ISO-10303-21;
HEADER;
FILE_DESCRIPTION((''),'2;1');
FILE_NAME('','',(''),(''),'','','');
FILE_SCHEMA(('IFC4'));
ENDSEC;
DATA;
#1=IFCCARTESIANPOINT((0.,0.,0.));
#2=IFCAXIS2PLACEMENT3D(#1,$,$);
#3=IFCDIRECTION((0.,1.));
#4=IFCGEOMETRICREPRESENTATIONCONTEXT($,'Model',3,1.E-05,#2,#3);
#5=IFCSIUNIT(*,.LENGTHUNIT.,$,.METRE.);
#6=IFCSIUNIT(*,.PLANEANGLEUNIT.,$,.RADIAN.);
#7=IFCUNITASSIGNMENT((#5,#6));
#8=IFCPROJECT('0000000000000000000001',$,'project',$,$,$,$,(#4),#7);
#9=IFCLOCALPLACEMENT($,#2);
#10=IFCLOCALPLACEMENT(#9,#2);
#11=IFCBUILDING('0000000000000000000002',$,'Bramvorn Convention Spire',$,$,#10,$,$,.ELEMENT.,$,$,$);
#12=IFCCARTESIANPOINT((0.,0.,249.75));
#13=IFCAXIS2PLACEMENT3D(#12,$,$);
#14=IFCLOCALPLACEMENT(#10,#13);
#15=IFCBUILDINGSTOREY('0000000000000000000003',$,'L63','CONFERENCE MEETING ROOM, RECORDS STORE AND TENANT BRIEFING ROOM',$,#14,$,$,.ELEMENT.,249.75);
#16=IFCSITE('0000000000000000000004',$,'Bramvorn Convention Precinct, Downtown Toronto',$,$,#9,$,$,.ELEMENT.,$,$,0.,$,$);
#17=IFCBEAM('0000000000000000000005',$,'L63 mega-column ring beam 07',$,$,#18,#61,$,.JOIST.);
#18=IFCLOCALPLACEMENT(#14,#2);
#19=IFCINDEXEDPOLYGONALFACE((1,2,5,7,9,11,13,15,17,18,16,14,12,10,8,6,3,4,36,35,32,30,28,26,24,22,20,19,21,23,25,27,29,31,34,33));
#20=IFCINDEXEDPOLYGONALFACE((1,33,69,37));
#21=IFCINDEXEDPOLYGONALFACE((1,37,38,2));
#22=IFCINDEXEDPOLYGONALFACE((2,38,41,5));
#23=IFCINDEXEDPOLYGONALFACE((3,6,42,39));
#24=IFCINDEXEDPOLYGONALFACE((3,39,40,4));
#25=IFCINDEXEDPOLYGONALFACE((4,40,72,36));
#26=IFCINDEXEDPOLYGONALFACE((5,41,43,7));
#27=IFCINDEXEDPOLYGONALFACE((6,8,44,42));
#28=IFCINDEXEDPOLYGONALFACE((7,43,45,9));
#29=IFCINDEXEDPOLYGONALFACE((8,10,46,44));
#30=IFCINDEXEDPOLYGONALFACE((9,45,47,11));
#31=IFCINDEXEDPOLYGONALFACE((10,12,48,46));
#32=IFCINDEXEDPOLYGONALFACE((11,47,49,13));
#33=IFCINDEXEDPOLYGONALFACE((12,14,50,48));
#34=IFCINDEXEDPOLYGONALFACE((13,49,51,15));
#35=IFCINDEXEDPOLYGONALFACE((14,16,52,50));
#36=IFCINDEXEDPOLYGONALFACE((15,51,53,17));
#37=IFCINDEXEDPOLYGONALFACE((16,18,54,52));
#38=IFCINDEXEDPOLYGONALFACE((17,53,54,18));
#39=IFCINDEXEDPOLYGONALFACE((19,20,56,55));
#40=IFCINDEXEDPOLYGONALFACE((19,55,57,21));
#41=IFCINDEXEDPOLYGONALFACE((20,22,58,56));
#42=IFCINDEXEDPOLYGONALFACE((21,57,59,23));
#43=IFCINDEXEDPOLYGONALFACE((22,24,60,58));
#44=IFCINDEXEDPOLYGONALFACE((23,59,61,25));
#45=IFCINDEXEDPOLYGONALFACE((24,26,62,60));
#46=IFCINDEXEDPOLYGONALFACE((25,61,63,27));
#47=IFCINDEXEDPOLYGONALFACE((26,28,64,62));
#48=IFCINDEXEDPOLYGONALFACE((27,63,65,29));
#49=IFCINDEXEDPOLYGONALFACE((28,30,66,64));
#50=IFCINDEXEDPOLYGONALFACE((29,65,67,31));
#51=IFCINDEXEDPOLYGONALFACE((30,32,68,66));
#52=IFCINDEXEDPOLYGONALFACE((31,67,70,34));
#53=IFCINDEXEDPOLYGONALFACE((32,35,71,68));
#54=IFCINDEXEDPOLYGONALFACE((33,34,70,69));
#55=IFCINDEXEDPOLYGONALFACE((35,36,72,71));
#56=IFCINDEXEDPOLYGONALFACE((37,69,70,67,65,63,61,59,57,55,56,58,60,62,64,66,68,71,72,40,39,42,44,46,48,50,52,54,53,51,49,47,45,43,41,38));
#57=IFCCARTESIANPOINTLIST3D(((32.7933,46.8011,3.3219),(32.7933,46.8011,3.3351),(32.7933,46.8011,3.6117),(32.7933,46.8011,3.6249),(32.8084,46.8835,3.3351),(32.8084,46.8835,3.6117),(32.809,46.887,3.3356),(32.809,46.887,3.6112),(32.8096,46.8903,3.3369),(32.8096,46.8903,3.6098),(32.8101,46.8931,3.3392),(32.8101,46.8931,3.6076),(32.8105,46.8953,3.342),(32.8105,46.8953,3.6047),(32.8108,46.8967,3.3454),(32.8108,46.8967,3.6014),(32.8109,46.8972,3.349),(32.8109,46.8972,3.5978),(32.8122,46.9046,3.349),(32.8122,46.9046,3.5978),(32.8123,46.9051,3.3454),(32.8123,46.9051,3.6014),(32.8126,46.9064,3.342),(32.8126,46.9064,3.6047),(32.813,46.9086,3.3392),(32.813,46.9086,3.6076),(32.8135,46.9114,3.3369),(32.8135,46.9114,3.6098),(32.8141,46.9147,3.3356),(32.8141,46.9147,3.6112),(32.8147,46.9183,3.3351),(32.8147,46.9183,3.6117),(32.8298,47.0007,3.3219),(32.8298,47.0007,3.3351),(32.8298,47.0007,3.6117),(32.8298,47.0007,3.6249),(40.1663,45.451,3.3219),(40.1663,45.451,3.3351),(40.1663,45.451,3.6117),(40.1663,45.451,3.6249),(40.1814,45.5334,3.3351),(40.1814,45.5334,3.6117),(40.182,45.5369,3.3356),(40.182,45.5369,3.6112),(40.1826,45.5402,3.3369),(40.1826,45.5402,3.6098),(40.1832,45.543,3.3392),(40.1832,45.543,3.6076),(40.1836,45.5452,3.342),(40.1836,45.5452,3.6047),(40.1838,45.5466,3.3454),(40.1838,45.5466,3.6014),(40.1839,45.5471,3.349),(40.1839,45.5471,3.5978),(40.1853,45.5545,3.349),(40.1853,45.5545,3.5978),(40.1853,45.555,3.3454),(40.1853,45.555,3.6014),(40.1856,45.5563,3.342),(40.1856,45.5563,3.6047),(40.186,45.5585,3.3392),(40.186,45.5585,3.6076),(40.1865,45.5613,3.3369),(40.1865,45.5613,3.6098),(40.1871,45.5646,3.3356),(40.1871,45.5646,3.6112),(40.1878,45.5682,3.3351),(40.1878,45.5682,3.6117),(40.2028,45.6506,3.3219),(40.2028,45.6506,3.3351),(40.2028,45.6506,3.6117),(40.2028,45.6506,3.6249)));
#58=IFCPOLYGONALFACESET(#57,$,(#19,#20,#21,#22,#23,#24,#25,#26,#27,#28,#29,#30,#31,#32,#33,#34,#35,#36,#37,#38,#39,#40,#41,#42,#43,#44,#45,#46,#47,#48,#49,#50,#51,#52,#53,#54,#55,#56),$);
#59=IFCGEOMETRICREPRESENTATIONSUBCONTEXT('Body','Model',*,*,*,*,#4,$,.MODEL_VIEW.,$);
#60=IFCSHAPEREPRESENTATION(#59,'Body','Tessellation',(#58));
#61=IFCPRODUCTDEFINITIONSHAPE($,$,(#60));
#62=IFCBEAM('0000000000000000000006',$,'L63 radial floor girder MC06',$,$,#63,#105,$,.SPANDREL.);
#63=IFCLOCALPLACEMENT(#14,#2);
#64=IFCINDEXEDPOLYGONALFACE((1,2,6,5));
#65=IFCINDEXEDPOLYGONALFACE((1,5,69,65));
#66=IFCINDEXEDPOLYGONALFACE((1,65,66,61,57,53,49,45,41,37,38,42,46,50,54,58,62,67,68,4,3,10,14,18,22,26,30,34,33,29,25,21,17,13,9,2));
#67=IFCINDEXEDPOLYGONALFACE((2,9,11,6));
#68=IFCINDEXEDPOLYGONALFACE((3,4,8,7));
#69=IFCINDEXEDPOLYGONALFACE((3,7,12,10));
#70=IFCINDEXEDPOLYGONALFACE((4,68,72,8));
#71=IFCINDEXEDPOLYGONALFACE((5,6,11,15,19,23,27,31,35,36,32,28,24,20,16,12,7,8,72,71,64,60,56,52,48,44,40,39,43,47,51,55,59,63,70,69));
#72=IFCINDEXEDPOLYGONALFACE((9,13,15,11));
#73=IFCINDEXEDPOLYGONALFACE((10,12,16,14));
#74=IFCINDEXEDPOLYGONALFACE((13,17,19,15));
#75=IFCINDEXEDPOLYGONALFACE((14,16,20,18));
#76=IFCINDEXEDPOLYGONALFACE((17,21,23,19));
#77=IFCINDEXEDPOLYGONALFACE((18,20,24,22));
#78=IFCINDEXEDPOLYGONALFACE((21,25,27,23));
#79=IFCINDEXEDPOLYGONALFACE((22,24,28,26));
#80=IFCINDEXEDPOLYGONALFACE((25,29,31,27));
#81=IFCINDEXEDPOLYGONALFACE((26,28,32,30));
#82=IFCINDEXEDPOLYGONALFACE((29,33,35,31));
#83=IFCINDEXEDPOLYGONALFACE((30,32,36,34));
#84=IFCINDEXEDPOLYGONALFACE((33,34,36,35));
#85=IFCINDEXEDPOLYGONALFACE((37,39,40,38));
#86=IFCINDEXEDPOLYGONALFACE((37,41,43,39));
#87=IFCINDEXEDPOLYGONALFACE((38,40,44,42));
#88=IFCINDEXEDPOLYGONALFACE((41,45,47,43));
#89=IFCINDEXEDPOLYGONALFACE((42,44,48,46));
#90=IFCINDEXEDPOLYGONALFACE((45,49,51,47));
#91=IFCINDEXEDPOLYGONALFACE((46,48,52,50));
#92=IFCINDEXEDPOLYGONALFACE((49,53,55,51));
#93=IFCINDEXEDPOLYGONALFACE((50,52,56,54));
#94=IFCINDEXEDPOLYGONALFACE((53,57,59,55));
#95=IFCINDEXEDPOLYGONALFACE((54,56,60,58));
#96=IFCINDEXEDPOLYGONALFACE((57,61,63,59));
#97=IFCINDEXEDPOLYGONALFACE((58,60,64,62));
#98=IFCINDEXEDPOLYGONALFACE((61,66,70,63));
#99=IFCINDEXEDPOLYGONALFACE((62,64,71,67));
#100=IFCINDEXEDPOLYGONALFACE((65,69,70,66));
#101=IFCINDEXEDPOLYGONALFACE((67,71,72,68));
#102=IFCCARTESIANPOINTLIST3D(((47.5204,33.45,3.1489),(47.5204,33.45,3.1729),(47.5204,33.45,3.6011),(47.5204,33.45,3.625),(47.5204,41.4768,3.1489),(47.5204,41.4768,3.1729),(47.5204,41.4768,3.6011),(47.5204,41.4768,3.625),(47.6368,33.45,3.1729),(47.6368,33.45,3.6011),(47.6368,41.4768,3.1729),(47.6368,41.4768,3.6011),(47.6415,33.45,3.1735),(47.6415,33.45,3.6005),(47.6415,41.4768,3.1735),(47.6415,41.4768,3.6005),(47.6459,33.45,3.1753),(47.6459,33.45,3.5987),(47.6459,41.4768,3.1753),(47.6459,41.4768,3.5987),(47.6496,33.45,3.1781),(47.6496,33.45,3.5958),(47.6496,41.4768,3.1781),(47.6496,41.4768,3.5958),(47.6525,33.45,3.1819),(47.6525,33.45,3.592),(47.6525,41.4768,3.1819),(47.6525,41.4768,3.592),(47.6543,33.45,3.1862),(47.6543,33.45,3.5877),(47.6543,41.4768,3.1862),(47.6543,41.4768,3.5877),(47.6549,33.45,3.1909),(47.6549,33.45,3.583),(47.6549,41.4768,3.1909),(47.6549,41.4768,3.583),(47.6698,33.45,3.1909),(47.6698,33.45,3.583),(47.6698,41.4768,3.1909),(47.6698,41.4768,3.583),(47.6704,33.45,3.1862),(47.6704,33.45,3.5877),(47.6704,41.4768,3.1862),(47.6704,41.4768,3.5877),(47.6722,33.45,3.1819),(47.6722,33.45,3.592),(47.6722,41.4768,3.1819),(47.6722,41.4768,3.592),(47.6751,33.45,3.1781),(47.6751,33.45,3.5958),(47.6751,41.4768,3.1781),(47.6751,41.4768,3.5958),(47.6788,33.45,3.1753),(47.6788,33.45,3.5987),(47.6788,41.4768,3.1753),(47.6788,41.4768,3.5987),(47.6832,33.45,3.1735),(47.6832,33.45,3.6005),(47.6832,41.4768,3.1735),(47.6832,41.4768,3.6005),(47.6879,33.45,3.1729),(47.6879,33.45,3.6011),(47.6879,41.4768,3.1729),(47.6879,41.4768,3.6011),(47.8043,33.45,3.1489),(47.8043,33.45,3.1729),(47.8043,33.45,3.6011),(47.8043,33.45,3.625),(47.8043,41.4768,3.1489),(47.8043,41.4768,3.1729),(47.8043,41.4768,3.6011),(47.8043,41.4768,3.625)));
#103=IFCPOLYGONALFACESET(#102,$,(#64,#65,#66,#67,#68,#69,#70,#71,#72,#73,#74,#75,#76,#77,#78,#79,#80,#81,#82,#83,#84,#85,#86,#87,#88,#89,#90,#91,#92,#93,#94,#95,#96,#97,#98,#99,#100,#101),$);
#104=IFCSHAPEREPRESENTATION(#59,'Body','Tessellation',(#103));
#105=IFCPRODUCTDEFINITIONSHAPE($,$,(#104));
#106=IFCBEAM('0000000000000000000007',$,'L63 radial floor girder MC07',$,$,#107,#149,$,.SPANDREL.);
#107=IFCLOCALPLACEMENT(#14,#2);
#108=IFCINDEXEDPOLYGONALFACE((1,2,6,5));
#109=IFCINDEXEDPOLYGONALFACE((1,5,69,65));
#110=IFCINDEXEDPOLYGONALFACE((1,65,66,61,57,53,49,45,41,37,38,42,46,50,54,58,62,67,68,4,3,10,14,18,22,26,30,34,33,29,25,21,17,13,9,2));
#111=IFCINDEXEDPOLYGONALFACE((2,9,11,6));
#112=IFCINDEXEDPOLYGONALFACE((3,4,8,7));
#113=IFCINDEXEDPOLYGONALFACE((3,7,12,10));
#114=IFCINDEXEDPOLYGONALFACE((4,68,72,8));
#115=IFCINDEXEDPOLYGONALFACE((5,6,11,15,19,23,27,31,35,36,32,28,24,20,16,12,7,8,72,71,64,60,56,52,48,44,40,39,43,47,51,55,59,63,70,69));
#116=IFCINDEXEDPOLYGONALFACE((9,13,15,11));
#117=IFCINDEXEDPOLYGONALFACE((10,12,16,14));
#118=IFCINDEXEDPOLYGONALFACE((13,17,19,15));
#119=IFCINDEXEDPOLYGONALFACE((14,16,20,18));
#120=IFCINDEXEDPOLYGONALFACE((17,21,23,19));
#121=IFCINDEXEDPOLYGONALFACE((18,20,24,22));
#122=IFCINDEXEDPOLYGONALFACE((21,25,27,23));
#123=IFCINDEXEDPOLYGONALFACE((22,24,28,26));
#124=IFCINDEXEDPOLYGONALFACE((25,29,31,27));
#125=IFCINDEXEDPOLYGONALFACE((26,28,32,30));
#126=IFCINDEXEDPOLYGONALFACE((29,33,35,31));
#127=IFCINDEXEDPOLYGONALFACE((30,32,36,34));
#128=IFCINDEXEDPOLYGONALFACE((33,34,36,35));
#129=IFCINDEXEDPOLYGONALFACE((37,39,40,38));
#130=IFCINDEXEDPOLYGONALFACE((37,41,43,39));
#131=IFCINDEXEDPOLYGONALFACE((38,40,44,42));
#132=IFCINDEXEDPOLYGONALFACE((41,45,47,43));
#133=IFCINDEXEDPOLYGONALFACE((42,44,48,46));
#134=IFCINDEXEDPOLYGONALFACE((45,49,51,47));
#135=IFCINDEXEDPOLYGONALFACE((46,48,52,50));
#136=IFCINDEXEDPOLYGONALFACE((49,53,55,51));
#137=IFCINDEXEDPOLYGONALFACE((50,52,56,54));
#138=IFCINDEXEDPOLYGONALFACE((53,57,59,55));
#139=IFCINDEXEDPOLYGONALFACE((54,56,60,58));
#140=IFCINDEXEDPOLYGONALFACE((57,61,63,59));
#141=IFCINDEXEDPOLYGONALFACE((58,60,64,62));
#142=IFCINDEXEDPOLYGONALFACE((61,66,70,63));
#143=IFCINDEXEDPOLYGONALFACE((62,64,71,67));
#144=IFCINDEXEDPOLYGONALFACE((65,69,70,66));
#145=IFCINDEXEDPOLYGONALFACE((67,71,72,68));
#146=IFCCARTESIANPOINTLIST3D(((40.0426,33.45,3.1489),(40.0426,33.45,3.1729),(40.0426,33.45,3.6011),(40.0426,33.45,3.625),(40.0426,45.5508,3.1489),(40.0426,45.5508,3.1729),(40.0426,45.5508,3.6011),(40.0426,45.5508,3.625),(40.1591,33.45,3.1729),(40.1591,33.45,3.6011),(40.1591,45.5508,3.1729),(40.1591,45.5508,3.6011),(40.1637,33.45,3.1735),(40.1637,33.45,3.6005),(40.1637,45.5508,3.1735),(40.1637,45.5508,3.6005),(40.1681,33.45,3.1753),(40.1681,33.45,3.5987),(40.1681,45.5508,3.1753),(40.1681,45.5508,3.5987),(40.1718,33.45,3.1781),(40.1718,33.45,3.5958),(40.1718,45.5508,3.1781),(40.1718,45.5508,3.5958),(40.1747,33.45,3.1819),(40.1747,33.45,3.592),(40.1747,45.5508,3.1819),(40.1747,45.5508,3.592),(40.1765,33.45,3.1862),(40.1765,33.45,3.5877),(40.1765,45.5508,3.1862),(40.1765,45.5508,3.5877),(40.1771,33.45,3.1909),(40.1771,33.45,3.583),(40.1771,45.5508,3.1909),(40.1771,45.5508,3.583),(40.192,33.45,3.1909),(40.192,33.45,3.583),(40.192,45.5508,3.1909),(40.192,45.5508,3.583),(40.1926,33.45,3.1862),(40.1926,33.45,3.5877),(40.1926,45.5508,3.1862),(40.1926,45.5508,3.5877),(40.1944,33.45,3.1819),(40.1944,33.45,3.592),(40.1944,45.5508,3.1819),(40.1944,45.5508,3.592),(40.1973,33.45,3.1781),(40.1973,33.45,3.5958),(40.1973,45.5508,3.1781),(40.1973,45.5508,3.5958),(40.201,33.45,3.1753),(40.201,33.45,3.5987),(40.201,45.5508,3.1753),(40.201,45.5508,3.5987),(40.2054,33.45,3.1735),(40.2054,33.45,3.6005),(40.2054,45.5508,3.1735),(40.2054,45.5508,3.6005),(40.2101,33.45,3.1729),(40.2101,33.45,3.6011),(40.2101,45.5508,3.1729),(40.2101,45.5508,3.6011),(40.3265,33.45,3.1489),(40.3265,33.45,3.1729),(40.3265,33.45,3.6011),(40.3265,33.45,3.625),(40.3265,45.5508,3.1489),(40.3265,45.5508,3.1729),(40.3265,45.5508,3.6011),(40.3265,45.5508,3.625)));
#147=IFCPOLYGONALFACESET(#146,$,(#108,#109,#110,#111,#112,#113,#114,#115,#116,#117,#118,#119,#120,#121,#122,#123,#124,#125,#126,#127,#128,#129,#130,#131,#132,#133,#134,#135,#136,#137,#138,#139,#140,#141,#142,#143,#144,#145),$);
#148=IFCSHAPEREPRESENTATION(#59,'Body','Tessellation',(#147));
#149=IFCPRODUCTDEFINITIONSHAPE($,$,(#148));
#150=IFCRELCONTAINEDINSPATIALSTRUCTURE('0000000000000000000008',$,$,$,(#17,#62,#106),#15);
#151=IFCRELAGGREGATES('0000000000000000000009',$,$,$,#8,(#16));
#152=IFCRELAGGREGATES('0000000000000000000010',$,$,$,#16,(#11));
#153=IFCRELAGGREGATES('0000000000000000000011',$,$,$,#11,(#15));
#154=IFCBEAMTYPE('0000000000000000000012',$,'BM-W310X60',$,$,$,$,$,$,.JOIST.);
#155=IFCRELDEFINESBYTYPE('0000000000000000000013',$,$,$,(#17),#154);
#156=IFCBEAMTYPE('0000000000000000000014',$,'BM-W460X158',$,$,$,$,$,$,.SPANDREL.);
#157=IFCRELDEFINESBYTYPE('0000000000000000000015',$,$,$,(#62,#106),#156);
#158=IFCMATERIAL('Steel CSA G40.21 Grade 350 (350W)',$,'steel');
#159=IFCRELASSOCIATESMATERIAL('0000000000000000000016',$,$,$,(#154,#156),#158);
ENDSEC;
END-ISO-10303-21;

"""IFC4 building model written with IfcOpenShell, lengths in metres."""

from ifc_helpers import new_model, si_unit, direction, frame, origin, origin_2d, place, context, subcontext, project, spatial, i_section, extrude, material, material_profile, profile_set, type_object, element, save


model = new_model("IFC4")

# Units and contexts
model_context = context("Model", 3, precision=1e-05, world=origin(), true_north=direction((0.0, 1.0)))
body_context = subcontext(model_context, "Body", "Model", "MODEL_VIEW")
ifc_project = project(units=[si_unit("LENGTHUNIT", "METRE"), si_unit("PLANEANGLEUNIT", "RADIAN")], contexts=[model_context])

# Site, building, storey
site_placement = place(None, origin())
site = spatial("IfcSite", under=ifc_project, at=site_placement, Name="Bramvorn Convention Precinct, Downtown Toronto", CompositionType="ELEMENT", RefElevation=0.0)
building_placement = place(site_placement, origin())
building = spatial("IfcBuilding", under=site, at=building_placement, Name="Bramvorn Convention Spire", CompositionType="ELEMENT")
storey_placement = place(building_placement, frame((0.0, 0.0, 249.75)))
storey = spatial("IfcBuildingStorey", under=building, at=storey_placement, Name="L63", Description="CONFERENCE MEETING ROOM, RECORDS STORE AND TENANT BRIEFING ROOM", CompositionType="ELEMENT", Elevation=249.75)

# Shared definitions
ifc_material_1 = material(Name="Steel CSA G40.21 Grade 350 (350W)", Category="steel")

# Beams
ifc_material_profile_1 = material_profile(ifc_material_1, i_section(OverallWidth=0.2029, OverallDepth=0.303, WebThickness=0.0076, FlangeThickness=0.0132, FilletRadius=0.0139, at=origin_2d()))
ifc_profile_set_1 = profile_set([ifc_material_profile_1], Name="Steel CSA G40.21 Grade 350 (350W) - W310X60")
beam_type_1 = type_object("IfcBeamType", Name="BM-W310X60", PredefinedType="JOIST", material=ifc_profile_set_1)
beam_1_placement = place(storey_placement, frame((40.1846, 45.5508, 3.4734), z_axis=(-0.983645, 0.180118, 0.0), x_axis=(-0.180118, -0.983645, 0.0)))
element("IfcBeam", 1, at=beam_1_placement, inside=storey, type_object=beam_type_1, Name="L63 mega-column ring beam 07", PredefinedType="JOIST", context=body_context, shape_type="SweptSolid", body=[
    extrude(i_section(OverallWidth=0.2029, OverallDepth=0.303, WebThickness=0.0076, FlangeThickness=0.0132, FilletRadius=0.0139, at=origin_2d()), origin(), (0.0, 0.0, 1.0), 7.4956),
])
ifc_material_profile_2 = material_profile(ifc_material_1, i_section(OverallWidth=0.2839, OverallDepth=0.4761, WebThickness=0.0149, FlangeThickness=0.0239, FilletRadius=0.0181, at=origin_2d()))
ifc_profile_set_2 = profile_set([ifc_material_profile_2], Name="Steel CSA G40.21 Grade 350 (350W) - W460X158")
beam_type_2 = type_object("IfcBeamType", Name="BM-W460X158", PredefinedType="SPANDREL", material=ifc_profile_set_2)
beam_2_placement = place(storey_placement, frame((47.6624, 33.45, 3.387), z_axis=(0.0, 1.0, 0.0), x_axis=(-1.0, 0.0, 0.0)))
element("IfcBeam", 2, at=beam_2_placement, inside=storey, type_object=beam_type_2, Name="L63 radial floor girder MC06", PredefinedType="SPANDREL", context=body_context, shape_type="SweptSolid", body=[
    extrude(i_section(OverallWidth=0.2839, OverallDepth=0.4761, WebThickness=0.0149, FlangeThickness=0.0239, FilletRadius=0.0181, at=origin_2d()), origin(), (0.0, 0.0, 1.0), 8.0269),
])
beam_3_placement = place(storey_placement, frame((40.1846, 33.45, 3.387), z_axis=(0.0, 1.0, 0.0), x_axis=(-1.0, 0.0, 0.0)))
element("IfcBeam", 3, at=beam_3_placement, inside=storey, type_object=beam_type_2, Name="L63 radial floor girder MC07", PredefinedType="SPANDREL", context=body_context, shape_type="SweptSolid", body=[
    extrude(i_section(OverallWidth=0.2839, OverallDepth=0.4761, WebThickness=0.0149, FlangeThickness=0.0239, FilletRadius=0.0181, at=origin_2d()), origin(), (0.0, 0.0, 1.0), 12.1008),
])

save(model, "model.ifc")
